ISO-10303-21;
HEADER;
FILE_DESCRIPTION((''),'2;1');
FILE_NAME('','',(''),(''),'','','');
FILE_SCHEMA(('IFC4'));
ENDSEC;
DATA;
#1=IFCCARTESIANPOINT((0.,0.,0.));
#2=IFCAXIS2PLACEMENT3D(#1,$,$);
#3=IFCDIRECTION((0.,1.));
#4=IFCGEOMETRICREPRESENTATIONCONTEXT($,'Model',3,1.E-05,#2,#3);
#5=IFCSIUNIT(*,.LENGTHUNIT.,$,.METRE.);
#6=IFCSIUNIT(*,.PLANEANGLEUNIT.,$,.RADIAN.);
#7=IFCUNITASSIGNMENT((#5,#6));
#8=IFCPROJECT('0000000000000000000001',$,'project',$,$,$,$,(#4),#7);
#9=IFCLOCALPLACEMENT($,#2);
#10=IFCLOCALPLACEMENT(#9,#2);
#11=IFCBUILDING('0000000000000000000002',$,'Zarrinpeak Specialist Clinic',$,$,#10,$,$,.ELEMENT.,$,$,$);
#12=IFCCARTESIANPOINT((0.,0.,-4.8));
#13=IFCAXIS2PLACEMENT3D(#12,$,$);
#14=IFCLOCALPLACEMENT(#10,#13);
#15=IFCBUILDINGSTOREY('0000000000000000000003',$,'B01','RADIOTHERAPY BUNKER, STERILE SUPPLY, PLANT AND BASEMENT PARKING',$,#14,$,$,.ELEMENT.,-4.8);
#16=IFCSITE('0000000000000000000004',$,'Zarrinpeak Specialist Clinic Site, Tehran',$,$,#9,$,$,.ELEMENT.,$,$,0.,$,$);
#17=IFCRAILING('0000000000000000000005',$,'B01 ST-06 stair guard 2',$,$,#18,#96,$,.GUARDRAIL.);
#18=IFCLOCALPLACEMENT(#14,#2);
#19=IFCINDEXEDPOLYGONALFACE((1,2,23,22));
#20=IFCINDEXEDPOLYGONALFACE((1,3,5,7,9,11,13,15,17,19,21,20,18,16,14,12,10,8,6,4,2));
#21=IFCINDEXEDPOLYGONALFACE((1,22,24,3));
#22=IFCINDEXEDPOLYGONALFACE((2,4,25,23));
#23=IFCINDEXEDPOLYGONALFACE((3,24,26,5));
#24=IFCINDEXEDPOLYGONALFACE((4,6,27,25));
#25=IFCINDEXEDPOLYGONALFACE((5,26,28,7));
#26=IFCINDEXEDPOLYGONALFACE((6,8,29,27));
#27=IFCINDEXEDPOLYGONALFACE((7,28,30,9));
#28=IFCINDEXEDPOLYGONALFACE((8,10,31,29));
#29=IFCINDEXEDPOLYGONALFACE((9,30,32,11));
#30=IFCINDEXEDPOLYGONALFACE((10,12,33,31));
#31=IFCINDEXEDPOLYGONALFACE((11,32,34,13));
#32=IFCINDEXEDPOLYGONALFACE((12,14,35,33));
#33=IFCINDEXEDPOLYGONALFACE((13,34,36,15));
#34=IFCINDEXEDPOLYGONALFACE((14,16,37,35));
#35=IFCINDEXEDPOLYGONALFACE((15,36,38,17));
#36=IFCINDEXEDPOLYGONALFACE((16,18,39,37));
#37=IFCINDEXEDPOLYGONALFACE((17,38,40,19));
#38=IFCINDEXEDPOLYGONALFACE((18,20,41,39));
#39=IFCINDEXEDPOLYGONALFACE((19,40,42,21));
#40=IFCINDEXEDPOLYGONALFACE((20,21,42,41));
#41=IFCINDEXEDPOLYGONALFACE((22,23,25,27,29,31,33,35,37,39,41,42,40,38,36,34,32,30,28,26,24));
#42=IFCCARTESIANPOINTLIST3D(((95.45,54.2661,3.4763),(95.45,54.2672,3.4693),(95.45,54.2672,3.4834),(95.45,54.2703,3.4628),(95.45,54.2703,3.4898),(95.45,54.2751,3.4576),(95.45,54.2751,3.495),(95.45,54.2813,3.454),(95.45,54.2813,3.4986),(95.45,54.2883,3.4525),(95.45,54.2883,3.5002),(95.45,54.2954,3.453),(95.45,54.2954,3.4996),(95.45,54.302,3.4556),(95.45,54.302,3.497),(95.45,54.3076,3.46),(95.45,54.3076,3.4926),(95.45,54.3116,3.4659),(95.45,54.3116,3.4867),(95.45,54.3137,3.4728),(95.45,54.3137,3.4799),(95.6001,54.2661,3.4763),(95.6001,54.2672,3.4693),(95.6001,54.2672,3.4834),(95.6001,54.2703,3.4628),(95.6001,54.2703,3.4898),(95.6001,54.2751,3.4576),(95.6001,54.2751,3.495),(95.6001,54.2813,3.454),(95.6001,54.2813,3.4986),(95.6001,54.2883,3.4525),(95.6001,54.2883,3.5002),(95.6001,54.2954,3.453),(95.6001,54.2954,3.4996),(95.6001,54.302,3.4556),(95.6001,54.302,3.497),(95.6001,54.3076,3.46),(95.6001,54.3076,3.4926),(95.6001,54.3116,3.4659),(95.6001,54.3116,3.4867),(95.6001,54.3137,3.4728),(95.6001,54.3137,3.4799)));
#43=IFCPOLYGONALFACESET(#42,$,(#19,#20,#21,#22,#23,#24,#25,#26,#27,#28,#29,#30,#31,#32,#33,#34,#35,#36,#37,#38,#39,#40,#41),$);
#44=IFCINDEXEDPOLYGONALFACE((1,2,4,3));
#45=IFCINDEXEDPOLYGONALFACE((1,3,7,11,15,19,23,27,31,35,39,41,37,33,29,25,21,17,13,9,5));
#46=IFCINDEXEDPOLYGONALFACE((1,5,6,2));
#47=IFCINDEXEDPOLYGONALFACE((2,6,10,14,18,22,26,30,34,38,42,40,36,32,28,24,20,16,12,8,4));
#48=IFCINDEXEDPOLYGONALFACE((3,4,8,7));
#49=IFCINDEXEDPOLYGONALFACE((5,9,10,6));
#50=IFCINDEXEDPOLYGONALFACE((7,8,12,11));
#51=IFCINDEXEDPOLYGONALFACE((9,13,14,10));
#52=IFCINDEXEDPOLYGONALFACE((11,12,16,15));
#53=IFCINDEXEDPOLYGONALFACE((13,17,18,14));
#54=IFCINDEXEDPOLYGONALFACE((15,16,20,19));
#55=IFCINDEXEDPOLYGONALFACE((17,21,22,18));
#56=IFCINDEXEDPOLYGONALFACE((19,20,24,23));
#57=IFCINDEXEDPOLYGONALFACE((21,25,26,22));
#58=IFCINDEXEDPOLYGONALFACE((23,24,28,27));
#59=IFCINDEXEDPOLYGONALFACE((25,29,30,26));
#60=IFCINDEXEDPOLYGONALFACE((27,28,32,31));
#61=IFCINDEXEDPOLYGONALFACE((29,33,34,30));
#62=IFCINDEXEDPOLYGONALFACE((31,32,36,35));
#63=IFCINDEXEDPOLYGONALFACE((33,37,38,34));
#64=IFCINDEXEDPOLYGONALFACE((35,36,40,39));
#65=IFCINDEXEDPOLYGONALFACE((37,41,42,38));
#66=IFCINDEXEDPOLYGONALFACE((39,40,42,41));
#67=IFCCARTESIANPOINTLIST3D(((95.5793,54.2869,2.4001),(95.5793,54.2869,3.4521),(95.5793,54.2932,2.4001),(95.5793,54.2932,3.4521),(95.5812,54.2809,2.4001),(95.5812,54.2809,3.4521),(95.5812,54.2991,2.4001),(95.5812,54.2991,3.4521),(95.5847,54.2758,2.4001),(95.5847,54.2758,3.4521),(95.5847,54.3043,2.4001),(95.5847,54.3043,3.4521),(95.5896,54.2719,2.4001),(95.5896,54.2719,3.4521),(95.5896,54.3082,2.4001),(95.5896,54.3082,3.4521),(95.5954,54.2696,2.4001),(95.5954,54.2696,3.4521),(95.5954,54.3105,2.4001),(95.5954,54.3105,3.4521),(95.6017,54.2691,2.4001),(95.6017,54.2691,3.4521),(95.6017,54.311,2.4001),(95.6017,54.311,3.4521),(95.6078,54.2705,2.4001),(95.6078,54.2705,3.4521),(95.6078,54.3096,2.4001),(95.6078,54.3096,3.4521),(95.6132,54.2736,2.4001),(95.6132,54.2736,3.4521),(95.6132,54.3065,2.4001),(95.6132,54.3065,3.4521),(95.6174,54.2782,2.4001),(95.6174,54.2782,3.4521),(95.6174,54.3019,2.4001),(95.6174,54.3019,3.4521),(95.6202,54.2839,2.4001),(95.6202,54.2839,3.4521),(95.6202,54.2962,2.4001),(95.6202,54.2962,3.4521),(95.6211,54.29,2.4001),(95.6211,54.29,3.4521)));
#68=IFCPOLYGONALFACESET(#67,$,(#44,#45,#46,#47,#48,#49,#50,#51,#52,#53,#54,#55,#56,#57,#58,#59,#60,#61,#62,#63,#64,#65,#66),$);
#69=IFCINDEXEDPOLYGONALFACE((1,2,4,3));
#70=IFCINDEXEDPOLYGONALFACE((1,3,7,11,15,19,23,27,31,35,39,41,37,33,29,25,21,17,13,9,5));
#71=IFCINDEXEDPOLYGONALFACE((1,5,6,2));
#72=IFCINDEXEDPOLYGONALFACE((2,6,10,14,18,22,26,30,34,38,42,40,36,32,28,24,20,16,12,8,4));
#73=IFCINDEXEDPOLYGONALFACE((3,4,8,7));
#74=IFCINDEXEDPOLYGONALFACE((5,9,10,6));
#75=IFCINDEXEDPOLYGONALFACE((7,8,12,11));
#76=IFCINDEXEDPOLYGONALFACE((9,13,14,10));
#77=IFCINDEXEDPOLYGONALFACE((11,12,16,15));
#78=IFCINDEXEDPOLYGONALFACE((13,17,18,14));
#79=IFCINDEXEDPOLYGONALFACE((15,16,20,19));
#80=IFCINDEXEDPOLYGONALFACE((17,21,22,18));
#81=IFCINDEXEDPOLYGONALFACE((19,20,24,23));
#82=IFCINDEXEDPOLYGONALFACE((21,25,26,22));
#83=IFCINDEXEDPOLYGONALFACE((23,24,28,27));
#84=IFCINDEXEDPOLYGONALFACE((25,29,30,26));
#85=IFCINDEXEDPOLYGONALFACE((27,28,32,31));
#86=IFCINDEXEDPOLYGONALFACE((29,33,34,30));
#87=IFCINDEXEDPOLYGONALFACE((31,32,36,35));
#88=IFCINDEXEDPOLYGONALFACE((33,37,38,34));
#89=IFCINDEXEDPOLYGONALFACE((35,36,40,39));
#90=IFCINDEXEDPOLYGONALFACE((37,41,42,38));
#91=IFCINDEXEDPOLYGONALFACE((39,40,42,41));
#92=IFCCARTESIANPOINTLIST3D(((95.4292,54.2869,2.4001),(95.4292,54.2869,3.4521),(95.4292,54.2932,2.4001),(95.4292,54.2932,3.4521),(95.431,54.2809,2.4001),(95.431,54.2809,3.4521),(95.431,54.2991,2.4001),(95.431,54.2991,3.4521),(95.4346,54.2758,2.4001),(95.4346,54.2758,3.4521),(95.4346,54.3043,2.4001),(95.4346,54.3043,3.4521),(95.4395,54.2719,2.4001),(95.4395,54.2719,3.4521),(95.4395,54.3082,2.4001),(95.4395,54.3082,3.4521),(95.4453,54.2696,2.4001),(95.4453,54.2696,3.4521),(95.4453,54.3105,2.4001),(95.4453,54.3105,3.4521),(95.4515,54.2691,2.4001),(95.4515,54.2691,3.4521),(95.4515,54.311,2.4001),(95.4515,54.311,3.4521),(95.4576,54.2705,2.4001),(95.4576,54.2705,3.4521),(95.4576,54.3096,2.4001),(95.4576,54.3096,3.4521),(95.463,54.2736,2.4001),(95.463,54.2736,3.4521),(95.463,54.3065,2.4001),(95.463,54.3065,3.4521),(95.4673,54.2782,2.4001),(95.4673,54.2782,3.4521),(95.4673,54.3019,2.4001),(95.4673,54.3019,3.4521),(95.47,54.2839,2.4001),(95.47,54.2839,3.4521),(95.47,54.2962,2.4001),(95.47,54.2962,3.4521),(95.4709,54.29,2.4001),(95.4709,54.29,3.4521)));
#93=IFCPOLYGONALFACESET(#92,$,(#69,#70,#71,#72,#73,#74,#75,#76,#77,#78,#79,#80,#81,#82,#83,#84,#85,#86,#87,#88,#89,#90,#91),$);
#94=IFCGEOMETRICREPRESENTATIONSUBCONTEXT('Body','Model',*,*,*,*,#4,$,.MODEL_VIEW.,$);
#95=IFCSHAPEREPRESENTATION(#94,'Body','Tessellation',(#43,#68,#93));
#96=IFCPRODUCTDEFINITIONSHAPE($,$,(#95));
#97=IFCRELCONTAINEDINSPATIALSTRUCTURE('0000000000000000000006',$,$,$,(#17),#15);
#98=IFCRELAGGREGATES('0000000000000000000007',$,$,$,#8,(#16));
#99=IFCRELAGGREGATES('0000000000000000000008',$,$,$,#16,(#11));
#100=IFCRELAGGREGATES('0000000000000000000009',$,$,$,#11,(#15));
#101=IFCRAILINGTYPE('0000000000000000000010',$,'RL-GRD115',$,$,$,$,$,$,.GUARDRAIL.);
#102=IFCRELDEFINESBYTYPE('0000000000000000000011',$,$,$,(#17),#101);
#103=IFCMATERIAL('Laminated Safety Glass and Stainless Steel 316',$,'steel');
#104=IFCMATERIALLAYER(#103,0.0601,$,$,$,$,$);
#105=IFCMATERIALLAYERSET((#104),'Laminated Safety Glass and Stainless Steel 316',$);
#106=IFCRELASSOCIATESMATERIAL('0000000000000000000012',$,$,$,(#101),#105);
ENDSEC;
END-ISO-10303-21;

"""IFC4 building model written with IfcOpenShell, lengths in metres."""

from ifc_helpers import new_model, si_unit, direction, frame, origin, origin_2d, place, context, subcontext, project, spatial, circle, extrude, material, layer, layer_set, type_object, element, save


model = new_model("IFC4")

# Units and contexts
model_context = context("Model", 3, precision=1e-05, world=origin(), true_north=direction((0.0, 1.0)))
body_context = subcontext(model_context, "Body", "Model", "MODEL_VIEW")
ifc_project = project(units=[si_unit("LENGTHUNIT", "METRE"), si_unit("PLANEANGLEUNIT", "RADIAN")], contexts=[model_context])

# Site, building, storey
site_placement = place(None, origin())
site = spatial("IfcSite", under=ifc_project, at=site_placement, Name="Zarrinpeak Specialist Clinic Site, Tehran", CompositionType="ELEMENT", RefElevation=0.0)
building_placement = place(site_placement, origin())
building = spatial("IfcBuilding", under=site, at=building_placement, Name="Zarrinpeak Specialist Clinic", CompositionType="ELEMENT")
storey_placement = place(building_placement, frame((0.0, 0.0, -4.8)))
storey = spatial("IfcBuildingStorey", under=building, at=storey_placement, Name="B01", Description="RADIOTHERAPY BUNKER, STERILE SUPPLY, PLANT AND BASEMENT PARKING", CompositionType="ELEMENT", Elevation=-4.8)

# Railing
ifc_material_1 = material(Name="Laminated Safety Glass and Stainless Steel 316", Category="steel")
ifc_layer_1 = layer(ifc_material_1, 0.0601)
ifc_layer_set_1 = layer_set([ifc_layer_1], Name="Laminated Safety Glass and Stainless Steel 316")
railing_type_1 = type_object("IfcRailingType", Name="RL-GRD115", PredefinedType="GUARDRAIL", material=ifc_layer_set_1)
railing_1_placement = place(storey_placement, frame((95.6001, 54.29, 2.4001)))
element("IfcRailing", 1, at=railing_1_placement, inside=storey, type_object=railing_type_1, Name="B01 ST-06 stair guard 2", PredefinedType="GUARDRAIL", context=body_context, shape_type="SweptSolid", body=[
    extrude(circle(Radius=0.0239, at=origin_2d()), frame((0.0, 0.0, 1.0762), z_axis=(-1.0, 0.0, 0.0), x_axis=(0.0, -1.0, 0.0)), (0.0, 0.0, 1.0), 0.1501),
    extrude(circle(Radius=0.021, at=origin_2d()), origin(), (0.0, 0.0, 1.0), 1.052),
    extrude(circle(Radius=0.021, at=origin_2d()), frame((-0.1501, 0.0, 0.0)), (0.0, 0.0, 1.0), 1.052),
])

save(model, "model.ifc")
